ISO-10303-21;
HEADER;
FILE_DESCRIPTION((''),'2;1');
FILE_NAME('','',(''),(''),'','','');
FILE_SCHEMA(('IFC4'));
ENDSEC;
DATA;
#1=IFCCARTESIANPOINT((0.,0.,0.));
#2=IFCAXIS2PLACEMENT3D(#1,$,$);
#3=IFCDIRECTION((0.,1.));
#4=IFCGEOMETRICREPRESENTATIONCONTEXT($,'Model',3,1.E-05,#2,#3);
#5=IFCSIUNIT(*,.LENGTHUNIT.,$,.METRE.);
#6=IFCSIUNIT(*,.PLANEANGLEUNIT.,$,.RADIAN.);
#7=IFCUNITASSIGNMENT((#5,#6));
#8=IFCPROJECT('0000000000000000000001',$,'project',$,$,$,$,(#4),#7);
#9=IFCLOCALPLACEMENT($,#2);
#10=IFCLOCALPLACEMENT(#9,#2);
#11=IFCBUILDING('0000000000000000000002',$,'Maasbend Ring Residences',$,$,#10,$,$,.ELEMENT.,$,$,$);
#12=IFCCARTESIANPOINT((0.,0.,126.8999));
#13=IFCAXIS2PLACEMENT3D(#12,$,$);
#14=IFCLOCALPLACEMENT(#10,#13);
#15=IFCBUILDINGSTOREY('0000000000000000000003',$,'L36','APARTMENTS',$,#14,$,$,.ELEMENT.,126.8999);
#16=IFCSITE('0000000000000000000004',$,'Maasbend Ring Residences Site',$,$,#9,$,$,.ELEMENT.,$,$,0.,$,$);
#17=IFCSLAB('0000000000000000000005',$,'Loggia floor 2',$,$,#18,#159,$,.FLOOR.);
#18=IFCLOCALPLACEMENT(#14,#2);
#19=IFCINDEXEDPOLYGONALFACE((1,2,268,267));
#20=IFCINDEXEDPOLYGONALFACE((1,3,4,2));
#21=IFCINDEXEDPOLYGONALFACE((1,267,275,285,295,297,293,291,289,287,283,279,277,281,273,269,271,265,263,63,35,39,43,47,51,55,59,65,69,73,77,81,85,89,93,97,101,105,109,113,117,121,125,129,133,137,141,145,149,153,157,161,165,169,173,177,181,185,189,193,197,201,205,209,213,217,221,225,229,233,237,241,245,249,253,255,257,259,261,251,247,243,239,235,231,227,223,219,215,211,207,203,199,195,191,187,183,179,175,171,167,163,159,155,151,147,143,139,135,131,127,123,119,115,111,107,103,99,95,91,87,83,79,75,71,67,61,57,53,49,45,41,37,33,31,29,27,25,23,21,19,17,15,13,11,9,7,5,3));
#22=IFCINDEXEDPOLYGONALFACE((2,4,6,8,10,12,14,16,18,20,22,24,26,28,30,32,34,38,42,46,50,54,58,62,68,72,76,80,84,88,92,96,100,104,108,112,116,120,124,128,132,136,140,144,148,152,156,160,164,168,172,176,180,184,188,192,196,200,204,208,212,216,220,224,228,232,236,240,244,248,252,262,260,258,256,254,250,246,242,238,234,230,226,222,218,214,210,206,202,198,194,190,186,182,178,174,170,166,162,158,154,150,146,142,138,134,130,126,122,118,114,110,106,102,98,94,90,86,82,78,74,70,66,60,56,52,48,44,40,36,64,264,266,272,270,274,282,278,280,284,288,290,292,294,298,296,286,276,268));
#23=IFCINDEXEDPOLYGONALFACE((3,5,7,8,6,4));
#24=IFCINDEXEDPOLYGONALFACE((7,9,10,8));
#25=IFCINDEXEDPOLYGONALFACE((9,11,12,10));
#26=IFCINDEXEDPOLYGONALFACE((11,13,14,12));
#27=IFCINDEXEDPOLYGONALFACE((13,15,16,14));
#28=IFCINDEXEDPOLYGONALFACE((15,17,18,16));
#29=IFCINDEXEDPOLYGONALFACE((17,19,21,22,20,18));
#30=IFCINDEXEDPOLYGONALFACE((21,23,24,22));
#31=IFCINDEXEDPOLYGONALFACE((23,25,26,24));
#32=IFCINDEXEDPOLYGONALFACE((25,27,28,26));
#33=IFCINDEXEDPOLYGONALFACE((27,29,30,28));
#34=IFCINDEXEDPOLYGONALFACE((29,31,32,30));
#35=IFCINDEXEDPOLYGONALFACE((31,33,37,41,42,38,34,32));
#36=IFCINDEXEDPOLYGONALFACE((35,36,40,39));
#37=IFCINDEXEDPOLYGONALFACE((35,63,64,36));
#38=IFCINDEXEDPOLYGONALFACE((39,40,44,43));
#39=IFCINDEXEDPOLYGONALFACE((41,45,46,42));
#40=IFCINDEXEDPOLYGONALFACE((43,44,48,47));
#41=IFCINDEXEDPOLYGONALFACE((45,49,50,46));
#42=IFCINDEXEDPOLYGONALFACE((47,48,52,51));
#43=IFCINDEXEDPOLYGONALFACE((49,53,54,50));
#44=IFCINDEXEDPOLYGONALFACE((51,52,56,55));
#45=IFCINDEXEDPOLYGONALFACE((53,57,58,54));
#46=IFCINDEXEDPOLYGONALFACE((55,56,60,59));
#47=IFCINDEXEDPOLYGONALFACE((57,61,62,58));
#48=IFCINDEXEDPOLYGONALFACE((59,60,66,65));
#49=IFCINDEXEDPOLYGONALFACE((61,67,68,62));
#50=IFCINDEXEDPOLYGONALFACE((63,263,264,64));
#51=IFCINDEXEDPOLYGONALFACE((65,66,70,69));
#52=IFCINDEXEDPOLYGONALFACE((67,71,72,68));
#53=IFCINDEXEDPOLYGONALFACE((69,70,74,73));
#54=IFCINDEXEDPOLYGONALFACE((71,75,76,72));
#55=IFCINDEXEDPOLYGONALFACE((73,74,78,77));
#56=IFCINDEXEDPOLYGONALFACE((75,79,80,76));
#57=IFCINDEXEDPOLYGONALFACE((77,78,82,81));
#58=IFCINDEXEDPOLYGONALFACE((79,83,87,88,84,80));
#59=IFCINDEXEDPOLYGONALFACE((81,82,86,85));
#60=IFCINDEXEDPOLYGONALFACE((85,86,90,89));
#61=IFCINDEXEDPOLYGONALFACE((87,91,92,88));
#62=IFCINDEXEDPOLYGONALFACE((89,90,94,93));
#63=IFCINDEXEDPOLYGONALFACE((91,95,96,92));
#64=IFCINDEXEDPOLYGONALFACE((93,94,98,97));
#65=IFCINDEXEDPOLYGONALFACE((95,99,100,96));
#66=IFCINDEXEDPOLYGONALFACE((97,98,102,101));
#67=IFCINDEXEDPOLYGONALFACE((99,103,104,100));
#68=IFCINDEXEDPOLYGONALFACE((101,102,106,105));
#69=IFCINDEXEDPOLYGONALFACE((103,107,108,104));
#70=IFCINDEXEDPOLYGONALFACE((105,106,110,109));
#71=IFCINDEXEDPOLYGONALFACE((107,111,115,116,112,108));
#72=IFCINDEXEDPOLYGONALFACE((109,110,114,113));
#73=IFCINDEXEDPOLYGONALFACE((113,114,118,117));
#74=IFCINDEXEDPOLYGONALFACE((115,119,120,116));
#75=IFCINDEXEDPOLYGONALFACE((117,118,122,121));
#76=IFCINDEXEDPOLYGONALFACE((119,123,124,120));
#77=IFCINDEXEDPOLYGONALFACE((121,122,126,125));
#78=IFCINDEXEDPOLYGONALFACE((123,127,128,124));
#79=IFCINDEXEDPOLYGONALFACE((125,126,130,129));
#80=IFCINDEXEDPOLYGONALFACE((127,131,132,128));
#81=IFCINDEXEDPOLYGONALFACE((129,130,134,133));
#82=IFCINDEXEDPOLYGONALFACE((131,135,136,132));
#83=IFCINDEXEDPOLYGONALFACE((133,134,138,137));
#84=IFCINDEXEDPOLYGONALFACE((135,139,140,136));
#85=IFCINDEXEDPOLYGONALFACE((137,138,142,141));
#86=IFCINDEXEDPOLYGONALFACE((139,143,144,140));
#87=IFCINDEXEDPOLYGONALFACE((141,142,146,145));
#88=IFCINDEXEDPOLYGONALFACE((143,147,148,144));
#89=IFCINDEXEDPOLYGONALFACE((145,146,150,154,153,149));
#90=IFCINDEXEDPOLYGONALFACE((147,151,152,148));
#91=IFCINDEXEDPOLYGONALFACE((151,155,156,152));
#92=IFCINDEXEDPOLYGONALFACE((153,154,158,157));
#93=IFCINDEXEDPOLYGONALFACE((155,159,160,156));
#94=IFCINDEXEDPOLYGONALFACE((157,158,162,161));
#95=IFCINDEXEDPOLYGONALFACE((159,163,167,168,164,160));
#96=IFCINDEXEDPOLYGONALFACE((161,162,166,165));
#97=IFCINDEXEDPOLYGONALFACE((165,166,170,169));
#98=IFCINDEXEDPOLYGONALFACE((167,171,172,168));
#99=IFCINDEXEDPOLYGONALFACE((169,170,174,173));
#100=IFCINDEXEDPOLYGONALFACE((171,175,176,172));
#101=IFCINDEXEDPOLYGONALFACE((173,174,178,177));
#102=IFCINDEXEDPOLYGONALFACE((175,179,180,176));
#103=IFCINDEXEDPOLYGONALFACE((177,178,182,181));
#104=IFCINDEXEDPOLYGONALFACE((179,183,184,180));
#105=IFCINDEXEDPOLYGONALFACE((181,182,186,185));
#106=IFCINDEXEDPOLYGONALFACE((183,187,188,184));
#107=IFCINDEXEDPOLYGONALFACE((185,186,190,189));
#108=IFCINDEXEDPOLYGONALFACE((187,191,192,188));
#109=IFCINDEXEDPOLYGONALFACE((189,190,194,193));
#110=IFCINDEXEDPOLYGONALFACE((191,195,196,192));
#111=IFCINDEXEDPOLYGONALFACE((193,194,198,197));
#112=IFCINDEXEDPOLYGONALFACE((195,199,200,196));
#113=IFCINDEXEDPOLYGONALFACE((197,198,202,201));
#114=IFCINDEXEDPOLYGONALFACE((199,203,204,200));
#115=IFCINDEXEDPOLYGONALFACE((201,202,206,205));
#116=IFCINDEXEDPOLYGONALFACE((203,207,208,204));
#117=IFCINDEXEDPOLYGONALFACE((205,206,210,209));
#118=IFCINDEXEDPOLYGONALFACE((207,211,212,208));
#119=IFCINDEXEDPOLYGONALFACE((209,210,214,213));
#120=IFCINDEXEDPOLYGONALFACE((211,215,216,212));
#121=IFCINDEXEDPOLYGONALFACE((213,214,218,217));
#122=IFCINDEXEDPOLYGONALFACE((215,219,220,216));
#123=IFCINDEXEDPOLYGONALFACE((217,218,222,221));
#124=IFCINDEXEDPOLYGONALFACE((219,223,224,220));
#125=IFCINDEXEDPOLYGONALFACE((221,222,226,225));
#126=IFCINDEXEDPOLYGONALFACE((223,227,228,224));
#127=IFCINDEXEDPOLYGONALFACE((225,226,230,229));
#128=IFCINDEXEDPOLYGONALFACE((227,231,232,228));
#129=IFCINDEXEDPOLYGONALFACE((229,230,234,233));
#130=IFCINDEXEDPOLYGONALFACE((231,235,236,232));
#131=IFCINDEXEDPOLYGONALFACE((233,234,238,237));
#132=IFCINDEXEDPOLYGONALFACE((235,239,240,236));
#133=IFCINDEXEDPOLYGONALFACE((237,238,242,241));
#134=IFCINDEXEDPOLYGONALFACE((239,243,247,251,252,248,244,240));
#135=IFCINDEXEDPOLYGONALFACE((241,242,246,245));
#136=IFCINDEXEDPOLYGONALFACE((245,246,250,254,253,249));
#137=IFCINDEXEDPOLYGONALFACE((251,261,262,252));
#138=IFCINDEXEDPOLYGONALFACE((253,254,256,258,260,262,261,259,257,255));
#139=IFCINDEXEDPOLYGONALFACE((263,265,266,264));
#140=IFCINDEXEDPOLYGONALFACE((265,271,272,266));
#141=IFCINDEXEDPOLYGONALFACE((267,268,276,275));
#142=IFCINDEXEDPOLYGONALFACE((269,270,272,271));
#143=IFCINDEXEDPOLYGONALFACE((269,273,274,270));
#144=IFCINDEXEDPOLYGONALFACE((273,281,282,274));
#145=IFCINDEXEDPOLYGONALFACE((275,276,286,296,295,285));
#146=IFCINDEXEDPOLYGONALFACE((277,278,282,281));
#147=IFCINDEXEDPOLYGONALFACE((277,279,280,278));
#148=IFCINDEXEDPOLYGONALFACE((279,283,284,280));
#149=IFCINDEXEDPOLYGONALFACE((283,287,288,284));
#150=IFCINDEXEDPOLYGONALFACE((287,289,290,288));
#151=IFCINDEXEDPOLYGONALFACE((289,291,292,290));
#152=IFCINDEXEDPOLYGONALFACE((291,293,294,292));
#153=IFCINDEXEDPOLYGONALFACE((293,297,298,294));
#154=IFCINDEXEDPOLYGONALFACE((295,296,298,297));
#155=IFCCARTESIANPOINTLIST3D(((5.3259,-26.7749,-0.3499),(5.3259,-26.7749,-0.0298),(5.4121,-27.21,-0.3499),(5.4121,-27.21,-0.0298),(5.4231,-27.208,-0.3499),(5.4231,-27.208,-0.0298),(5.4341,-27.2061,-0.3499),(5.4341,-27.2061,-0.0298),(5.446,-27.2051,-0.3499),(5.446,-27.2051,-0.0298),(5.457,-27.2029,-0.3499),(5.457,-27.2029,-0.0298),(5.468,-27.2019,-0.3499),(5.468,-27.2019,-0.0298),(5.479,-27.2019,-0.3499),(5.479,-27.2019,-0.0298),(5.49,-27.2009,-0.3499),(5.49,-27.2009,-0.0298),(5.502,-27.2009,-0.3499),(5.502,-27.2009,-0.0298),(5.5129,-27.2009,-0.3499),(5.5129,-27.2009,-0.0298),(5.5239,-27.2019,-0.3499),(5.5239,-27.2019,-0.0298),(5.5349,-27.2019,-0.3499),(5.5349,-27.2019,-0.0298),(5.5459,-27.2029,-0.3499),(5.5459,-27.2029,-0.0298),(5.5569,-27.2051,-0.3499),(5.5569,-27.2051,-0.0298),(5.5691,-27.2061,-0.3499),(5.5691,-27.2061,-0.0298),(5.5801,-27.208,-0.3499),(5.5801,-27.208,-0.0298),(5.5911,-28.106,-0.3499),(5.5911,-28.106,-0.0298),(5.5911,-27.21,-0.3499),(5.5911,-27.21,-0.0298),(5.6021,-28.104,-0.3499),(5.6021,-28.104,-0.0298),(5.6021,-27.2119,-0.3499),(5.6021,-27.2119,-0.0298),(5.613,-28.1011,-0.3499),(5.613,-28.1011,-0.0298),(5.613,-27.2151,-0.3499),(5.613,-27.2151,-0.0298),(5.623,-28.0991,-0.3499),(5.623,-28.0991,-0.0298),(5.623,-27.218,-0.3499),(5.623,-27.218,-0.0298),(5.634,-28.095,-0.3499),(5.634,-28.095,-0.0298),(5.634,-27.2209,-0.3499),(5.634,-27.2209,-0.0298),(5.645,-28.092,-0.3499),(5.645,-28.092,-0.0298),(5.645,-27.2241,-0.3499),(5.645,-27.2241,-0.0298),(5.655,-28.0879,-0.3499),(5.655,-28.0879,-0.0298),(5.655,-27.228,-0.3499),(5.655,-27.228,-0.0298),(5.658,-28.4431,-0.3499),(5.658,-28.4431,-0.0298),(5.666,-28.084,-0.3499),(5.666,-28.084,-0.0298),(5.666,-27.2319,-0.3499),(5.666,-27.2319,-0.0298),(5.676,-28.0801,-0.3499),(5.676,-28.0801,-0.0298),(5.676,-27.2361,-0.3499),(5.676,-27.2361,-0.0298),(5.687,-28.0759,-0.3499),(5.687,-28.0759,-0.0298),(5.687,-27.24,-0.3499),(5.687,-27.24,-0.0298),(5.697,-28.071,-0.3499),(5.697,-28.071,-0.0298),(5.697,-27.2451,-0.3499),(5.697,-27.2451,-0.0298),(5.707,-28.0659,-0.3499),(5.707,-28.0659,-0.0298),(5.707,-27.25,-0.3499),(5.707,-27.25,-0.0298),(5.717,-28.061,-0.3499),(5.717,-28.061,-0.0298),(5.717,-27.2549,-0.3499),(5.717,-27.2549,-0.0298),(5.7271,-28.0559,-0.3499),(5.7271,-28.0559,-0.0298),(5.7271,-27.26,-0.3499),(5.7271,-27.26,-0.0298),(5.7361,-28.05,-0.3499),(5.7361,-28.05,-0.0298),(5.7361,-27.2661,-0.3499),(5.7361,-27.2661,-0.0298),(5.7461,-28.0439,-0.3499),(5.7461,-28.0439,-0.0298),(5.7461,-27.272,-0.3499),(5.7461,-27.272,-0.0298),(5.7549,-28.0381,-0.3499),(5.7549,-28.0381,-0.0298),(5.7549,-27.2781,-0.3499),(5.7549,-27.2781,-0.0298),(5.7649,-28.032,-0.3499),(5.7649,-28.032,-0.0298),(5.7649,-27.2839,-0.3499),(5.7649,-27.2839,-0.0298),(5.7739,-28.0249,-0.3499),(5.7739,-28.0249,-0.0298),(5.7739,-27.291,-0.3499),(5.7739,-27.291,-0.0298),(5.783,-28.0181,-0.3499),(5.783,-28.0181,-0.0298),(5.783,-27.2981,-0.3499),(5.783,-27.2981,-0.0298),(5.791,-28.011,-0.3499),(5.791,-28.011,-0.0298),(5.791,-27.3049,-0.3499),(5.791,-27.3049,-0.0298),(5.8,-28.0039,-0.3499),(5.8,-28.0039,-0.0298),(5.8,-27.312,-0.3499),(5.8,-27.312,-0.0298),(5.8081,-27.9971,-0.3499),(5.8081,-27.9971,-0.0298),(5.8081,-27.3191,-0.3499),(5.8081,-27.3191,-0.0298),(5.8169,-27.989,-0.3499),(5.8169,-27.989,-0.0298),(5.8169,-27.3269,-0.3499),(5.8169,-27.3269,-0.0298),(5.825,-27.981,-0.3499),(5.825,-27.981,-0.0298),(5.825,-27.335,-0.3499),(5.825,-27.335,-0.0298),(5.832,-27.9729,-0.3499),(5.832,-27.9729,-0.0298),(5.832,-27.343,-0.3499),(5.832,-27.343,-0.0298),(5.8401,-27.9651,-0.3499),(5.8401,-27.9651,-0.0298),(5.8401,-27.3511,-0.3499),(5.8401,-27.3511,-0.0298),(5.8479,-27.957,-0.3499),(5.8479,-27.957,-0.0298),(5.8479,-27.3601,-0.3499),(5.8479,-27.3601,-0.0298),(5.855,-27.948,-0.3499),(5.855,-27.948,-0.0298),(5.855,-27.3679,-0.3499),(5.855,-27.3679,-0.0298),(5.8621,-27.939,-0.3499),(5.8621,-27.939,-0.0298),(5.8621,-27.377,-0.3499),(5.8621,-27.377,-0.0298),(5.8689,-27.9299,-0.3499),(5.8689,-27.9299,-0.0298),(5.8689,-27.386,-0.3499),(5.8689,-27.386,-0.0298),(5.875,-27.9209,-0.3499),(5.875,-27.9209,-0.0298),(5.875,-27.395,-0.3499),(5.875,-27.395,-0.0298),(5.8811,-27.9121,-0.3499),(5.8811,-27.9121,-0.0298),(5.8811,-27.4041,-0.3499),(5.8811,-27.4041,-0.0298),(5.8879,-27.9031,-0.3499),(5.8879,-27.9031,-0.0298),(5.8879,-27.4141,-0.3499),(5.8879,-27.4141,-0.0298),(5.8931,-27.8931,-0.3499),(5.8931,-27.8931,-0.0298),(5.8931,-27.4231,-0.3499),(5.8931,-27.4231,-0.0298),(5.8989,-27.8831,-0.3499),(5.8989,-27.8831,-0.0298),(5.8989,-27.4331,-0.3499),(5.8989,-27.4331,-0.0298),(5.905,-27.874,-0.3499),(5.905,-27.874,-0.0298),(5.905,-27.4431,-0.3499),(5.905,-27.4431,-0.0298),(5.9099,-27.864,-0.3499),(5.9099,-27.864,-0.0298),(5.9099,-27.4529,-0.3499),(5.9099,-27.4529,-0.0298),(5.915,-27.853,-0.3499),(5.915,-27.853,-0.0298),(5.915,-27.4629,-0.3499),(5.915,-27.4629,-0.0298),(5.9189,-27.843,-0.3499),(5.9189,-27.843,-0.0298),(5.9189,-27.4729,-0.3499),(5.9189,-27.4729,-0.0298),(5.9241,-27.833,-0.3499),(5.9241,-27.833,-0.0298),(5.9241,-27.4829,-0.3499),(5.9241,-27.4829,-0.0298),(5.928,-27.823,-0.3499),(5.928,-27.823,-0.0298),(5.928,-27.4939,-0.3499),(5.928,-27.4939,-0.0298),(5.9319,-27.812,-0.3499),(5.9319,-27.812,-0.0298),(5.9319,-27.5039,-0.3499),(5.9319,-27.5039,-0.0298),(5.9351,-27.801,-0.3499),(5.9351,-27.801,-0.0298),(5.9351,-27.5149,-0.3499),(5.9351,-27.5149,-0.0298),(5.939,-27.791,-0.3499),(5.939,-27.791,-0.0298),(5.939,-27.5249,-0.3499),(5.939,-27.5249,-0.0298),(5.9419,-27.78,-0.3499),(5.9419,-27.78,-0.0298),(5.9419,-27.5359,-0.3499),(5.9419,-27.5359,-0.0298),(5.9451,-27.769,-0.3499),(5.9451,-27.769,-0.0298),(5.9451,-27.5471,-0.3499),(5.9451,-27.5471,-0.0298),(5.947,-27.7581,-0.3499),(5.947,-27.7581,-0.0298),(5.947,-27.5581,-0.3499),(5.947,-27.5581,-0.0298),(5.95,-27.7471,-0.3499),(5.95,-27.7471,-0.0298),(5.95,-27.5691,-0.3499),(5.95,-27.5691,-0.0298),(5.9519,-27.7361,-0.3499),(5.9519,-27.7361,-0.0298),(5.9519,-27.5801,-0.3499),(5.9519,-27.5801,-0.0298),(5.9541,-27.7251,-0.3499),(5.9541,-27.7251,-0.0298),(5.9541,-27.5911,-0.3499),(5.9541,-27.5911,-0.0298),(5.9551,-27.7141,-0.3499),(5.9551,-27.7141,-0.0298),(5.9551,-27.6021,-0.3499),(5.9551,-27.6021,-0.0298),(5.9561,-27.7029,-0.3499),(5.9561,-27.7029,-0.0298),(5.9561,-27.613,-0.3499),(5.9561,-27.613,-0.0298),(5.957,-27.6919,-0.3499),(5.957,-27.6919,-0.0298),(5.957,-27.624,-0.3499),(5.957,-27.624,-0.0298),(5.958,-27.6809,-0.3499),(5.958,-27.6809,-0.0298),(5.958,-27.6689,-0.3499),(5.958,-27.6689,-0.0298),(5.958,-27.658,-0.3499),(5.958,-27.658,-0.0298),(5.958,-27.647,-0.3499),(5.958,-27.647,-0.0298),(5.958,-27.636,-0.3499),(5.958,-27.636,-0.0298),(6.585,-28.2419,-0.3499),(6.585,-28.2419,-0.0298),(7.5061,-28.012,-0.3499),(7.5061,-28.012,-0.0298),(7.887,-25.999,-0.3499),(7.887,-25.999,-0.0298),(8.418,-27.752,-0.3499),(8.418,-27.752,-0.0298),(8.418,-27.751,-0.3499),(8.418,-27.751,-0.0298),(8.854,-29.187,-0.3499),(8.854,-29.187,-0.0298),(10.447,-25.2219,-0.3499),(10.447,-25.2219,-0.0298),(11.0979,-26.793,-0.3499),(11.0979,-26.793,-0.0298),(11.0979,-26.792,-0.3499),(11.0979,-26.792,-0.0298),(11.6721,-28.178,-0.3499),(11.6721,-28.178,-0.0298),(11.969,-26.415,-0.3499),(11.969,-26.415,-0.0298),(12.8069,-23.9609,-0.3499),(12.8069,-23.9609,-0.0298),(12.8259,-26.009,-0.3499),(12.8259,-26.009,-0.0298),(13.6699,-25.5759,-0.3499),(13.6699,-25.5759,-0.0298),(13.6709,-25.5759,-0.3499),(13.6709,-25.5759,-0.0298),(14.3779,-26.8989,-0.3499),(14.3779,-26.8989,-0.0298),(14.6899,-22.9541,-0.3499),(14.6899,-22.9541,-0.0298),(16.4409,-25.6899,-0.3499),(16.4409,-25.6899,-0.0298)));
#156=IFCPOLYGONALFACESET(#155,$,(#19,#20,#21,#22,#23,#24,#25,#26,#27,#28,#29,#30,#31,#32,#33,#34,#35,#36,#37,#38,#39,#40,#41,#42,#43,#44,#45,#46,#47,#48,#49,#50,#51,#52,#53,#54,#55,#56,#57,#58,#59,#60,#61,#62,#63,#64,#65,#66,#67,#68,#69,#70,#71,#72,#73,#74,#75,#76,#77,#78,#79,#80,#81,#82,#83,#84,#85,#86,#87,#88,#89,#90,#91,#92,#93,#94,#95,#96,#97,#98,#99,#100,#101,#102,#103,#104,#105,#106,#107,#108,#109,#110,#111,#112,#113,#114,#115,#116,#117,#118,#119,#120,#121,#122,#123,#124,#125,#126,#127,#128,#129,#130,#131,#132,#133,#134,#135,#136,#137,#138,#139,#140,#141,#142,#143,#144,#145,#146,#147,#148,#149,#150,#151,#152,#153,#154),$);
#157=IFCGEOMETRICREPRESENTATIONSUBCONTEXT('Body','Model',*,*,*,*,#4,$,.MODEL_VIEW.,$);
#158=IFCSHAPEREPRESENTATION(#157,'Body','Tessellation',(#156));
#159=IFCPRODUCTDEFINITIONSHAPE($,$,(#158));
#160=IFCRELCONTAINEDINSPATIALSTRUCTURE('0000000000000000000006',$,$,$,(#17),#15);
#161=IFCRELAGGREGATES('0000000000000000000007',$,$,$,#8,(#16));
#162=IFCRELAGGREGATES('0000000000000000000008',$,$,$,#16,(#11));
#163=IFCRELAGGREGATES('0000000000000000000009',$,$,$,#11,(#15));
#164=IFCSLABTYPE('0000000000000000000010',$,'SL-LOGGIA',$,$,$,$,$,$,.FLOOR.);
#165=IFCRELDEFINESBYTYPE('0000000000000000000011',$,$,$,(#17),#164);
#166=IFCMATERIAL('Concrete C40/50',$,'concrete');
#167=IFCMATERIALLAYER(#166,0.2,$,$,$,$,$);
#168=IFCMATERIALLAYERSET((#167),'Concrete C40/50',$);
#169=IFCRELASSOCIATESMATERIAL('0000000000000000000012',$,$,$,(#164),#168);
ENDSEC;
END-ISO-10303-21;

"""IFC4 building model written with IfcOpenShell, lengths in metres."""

from ifc_helpers import new_model, si_unit, direction, frame, origin, place, context, subcontext, project, spatial, polyline, outline, extrude, material, layer, layer_set, type_object, element, save


model = new_model("IFC4")

# Units and contexts
model_context = context("Model", 3, precision=1e-05, world=origin(), true_north=direction((0.0, 1.0)))
body_context = subcontext(model_context, "Body", "Model", "MODEL_VIEW")
ifc_project = project(units=[si_unit("LENGTHUNIT", "METRE"), si_unit("PLANEANGLEUNIT", "RADIAN")], contexts=[model_context])

# Site, building, storey
site_placement = place(None, origin())
site = spatial("IfcSite", under=ifc_project, at=site_placement, Name="Maasbend Ring Residences Site", CompositionType="ELEMENT", RefElevation=0.0)
building_placement = place(site_placement, origin())
building = spatial("IfcBuilding", under=site, at=building_placement, Name="Maasbend Ring Residences", CompositionType="ELEMENT")
storey_placement = place(building_placement, frame((0.0, 0.0, 126.8999)))
storey = spatial("IfcBuildingStorey", under=building, at=storey_placement, Name="L36", Description="APARTMENTS", CompositionType="ELEMENT", Elevation=126.8999)

# Slab
ifc_material_1 = material(Name="Concrete C40/50", Category="concrete")
ifc_layer_1 = layer(ifc_material_1, 0.2)
ifc_layer_set_1 = layer_set([ifc_layer_1], Name="Concrete C40/50")
slab_type_1 = type_object("IfcSlabType", Name="SL-LOGGIA", PredefinedType="FLOOR", material=ifc_layer_set_1)
slab_1_placement = place(storey_placement, frame((0.0, 0.0, -0.3499)))
element("IfcSlab", 1, at=slab_1_placement, inside=storey, type_object=slab_type_1, Name="Loggia floor 2", PredefinedType="FLOOR", context=body_context, shape_type="SweptSolid", body=[
    extrude(outline(polyline([(10.447, -25.2219), (12.8069, -23.9609), (14.6899, -22.9541), (14.6899, -22.9541), (14.6899, -22.9541), (16.4409, -25.6899), (16.4409, -25.6899), (16.4409, -25.6899), (14.3779, -26.8989), (14.3779, -26.8989), (14.3779, -26.8989), (13.6709, -25.5759), (13.6709, -25.5759), (13.6709, -25.5759), (13.6709, -25.5759), (13.6709, -25.5759), (13.6709, -25.5759), (13.6709, -25.5759), (13.6699, -25.5759), (13.6699, -25.5759), (13.6699, -25.5759), (13.6699, -25.5759), (13.6699, -25.5759), (13.6699, -25.5759), (13.6699, -25.5759), (13.6699, -25.5759), (13.6699, -25.5759), (13.6699, -25.5759), (12.8259, -26.009), (12.8259, -26.009), (11.969, -26.415), (11.969, -26.415), (11.0979, -26.792), (11.0979, -26.792), (11.0979, -26.792), (11.0979, -26.792), (11.0979, -26.792), (11.0979, -26.792), (11.0979, -26.792), (11.0979, -26.793), (11.0979, -26.793), (11.0979, -26.793), (11.0979, -26.793), (11.0979, -26.793), (11.0979, -26.793), (11.0979, -26.793), (11.0979, -26.793), (11.0979, -26.793), (11.0979, -26.793), (11.6721, -28.178), (11.6721, -28.178), (11.6721, -28.178), (8.854, -29.187), (8.854, -29.187), (8.854, -29.187), (8.418, -27.752), (8.418, -27.752), (8.418, -27.752), (8.418, -27.752), (8.418, -27.752), (8.418, -27.752), (8.418, -27.752), (8.418, -27.751), (8.418, -27.751), (8.418, -27.751), (8.418, -27.751), (8.418, -27.751), (8.418, -27.751), (8.418, -27.751), (8.418, -27.751), (8.418, -27.751), (8.418, -27.751), (7.5061, -28.012), (7.5061, -28.012), (6.585, -28.2419), (6.585, -28.2419), (5.658, -28.4431), (5.658, -28.4431), (5.658, -28.4431), (5.5911, -28.106), (5.6021, -28.104), (5.613, -28.1011), (5.623, -28.0991), (5.634, -28.095), (5.645, -28.092), (5.655, -28.0879), (5.666, -28.084), (5.676, -28.0801), (5.687, -28.0759), (5.697, -28.071), (5.707, -28.0659), (5.717, -28.061), (5.7271, -28.0559), (5.7361, -28.05), (5.7461, -28.0439), (5.7549, -28.0381), (5.7649, -28.032), (5.7739, -28.0249), (5.783, -28.0181), (5.791, -28.011), (5.8, -28.0039), (5.8081, -27.9971), (5.8169, -27.989), (5.825, -27.981), (5.832, -27.9729), (5.8401, -27.9651), (5.8479, -27.957), (5.855, -27.948), (5.8621, -27.939), (5.8689, -27.9299), (5.875, -27.9209), (5.8811, -27.9121), (5.8879, -27.9031), (5.8931, -27.8931), (5.8989, -27.8831), (5.905, -27.874), (5.9099, -27.864), (5.915, -27.853), (5.9189, -27.843), (5.9241, -27.833), (5.928, -27.823), (5.9319, -27.812), (5.9351, -27.801), (5.939, -27.791), (5.9419, -27.78), (5.9451, -27.769), (5.947, -27.7581), (5.95, -27.7471), (5.9519, -27.7361), (5.9541, -27.7251), (5.9551, -27.7141), (5.9561, -27.7029), (5.957, -27.6919), (5.958, -27.6809), (5.958, -27.6689), (5.958, -27.658), (5.958, -27.647), (5.958, -27.636), (5.957, -27.624), (5.9561, -27.613), (5.9551, -27.6021), (5.9541, -27.5911), (5.9519, -27.5801), (5.95, -27.5691), (5.947, -27.5581), (5.9451, -27.5471), (5.9419, -27.5359), (5.939, -27.5249), (5.9351, -27.5149), (5.9319, -27.5039), (5.928, -27.4939), (5.9241, -27.4829), (5.9189, -27.4729), (5.915, -27.4629), (5.9099, -27.4529), (5.905, -27.4431), (5.8989, -27.4331), (5.8931, -27.4231), (5.8879, -27.4141), (5.8811, -27.4041), (5.875, -27.395), (5.8689, -27.386), (5.8621, -27.377), (5.855, -27.3679), (5.8479, -27.3601), (5.8401, -27.3511), (5.832, -27.343), (5.825, -27.335), (5.8169, -27.3269), (5.8081, -27.3191), (5.8, -27.312), (5.791, -27.3049), (5.783, -27.2981), (5.7739, -27.291), (5.7649, -27.2839), (5.7549, -27.2781), (5.7461, -27.272), (5.7361, -27.2661), (5.7271, -27.26), (5.717, -27.2549), (5.707, -27.25), (5.697, -27.2451), (5.687, -27.24), (5.676, -27.2361), (5.666, -27.2319), (5.655, -27.228), (5.645, -27.2241), (5.634, -27.2209), (5.623, -27.218), (5.613, -27.2151), (5.6021, -27.2119), (5.5911, -27.21), (5.5801, -27.208), (5.5691, -27.2061), (5.5569, -27.2051), (5.5459, -27.2029), (5.5349, -27.2019), (5.5239, -27.2019), (5.5129, -27.2009), (5.502, -27.2009), (5.49, -27.2009), (5.479, -27.2019), (5.468, -27.2019), (5.457, -27.2029), (5.446, -27.2051), (5.4341, -27.2061), (5.4231, -27.208), (5.4121, -27.21), (5.3259, -26.7749), (5.3259, -26.7749), (5.3259, -26.7749), (7.887, -25.999), (10.447, -25.2219), (10.447, -25.2219), (10.447, -25.2219)])), origin(), (0.0, 0.0, 1.0), 0.3201),
])

save(model, "model.ifc")
